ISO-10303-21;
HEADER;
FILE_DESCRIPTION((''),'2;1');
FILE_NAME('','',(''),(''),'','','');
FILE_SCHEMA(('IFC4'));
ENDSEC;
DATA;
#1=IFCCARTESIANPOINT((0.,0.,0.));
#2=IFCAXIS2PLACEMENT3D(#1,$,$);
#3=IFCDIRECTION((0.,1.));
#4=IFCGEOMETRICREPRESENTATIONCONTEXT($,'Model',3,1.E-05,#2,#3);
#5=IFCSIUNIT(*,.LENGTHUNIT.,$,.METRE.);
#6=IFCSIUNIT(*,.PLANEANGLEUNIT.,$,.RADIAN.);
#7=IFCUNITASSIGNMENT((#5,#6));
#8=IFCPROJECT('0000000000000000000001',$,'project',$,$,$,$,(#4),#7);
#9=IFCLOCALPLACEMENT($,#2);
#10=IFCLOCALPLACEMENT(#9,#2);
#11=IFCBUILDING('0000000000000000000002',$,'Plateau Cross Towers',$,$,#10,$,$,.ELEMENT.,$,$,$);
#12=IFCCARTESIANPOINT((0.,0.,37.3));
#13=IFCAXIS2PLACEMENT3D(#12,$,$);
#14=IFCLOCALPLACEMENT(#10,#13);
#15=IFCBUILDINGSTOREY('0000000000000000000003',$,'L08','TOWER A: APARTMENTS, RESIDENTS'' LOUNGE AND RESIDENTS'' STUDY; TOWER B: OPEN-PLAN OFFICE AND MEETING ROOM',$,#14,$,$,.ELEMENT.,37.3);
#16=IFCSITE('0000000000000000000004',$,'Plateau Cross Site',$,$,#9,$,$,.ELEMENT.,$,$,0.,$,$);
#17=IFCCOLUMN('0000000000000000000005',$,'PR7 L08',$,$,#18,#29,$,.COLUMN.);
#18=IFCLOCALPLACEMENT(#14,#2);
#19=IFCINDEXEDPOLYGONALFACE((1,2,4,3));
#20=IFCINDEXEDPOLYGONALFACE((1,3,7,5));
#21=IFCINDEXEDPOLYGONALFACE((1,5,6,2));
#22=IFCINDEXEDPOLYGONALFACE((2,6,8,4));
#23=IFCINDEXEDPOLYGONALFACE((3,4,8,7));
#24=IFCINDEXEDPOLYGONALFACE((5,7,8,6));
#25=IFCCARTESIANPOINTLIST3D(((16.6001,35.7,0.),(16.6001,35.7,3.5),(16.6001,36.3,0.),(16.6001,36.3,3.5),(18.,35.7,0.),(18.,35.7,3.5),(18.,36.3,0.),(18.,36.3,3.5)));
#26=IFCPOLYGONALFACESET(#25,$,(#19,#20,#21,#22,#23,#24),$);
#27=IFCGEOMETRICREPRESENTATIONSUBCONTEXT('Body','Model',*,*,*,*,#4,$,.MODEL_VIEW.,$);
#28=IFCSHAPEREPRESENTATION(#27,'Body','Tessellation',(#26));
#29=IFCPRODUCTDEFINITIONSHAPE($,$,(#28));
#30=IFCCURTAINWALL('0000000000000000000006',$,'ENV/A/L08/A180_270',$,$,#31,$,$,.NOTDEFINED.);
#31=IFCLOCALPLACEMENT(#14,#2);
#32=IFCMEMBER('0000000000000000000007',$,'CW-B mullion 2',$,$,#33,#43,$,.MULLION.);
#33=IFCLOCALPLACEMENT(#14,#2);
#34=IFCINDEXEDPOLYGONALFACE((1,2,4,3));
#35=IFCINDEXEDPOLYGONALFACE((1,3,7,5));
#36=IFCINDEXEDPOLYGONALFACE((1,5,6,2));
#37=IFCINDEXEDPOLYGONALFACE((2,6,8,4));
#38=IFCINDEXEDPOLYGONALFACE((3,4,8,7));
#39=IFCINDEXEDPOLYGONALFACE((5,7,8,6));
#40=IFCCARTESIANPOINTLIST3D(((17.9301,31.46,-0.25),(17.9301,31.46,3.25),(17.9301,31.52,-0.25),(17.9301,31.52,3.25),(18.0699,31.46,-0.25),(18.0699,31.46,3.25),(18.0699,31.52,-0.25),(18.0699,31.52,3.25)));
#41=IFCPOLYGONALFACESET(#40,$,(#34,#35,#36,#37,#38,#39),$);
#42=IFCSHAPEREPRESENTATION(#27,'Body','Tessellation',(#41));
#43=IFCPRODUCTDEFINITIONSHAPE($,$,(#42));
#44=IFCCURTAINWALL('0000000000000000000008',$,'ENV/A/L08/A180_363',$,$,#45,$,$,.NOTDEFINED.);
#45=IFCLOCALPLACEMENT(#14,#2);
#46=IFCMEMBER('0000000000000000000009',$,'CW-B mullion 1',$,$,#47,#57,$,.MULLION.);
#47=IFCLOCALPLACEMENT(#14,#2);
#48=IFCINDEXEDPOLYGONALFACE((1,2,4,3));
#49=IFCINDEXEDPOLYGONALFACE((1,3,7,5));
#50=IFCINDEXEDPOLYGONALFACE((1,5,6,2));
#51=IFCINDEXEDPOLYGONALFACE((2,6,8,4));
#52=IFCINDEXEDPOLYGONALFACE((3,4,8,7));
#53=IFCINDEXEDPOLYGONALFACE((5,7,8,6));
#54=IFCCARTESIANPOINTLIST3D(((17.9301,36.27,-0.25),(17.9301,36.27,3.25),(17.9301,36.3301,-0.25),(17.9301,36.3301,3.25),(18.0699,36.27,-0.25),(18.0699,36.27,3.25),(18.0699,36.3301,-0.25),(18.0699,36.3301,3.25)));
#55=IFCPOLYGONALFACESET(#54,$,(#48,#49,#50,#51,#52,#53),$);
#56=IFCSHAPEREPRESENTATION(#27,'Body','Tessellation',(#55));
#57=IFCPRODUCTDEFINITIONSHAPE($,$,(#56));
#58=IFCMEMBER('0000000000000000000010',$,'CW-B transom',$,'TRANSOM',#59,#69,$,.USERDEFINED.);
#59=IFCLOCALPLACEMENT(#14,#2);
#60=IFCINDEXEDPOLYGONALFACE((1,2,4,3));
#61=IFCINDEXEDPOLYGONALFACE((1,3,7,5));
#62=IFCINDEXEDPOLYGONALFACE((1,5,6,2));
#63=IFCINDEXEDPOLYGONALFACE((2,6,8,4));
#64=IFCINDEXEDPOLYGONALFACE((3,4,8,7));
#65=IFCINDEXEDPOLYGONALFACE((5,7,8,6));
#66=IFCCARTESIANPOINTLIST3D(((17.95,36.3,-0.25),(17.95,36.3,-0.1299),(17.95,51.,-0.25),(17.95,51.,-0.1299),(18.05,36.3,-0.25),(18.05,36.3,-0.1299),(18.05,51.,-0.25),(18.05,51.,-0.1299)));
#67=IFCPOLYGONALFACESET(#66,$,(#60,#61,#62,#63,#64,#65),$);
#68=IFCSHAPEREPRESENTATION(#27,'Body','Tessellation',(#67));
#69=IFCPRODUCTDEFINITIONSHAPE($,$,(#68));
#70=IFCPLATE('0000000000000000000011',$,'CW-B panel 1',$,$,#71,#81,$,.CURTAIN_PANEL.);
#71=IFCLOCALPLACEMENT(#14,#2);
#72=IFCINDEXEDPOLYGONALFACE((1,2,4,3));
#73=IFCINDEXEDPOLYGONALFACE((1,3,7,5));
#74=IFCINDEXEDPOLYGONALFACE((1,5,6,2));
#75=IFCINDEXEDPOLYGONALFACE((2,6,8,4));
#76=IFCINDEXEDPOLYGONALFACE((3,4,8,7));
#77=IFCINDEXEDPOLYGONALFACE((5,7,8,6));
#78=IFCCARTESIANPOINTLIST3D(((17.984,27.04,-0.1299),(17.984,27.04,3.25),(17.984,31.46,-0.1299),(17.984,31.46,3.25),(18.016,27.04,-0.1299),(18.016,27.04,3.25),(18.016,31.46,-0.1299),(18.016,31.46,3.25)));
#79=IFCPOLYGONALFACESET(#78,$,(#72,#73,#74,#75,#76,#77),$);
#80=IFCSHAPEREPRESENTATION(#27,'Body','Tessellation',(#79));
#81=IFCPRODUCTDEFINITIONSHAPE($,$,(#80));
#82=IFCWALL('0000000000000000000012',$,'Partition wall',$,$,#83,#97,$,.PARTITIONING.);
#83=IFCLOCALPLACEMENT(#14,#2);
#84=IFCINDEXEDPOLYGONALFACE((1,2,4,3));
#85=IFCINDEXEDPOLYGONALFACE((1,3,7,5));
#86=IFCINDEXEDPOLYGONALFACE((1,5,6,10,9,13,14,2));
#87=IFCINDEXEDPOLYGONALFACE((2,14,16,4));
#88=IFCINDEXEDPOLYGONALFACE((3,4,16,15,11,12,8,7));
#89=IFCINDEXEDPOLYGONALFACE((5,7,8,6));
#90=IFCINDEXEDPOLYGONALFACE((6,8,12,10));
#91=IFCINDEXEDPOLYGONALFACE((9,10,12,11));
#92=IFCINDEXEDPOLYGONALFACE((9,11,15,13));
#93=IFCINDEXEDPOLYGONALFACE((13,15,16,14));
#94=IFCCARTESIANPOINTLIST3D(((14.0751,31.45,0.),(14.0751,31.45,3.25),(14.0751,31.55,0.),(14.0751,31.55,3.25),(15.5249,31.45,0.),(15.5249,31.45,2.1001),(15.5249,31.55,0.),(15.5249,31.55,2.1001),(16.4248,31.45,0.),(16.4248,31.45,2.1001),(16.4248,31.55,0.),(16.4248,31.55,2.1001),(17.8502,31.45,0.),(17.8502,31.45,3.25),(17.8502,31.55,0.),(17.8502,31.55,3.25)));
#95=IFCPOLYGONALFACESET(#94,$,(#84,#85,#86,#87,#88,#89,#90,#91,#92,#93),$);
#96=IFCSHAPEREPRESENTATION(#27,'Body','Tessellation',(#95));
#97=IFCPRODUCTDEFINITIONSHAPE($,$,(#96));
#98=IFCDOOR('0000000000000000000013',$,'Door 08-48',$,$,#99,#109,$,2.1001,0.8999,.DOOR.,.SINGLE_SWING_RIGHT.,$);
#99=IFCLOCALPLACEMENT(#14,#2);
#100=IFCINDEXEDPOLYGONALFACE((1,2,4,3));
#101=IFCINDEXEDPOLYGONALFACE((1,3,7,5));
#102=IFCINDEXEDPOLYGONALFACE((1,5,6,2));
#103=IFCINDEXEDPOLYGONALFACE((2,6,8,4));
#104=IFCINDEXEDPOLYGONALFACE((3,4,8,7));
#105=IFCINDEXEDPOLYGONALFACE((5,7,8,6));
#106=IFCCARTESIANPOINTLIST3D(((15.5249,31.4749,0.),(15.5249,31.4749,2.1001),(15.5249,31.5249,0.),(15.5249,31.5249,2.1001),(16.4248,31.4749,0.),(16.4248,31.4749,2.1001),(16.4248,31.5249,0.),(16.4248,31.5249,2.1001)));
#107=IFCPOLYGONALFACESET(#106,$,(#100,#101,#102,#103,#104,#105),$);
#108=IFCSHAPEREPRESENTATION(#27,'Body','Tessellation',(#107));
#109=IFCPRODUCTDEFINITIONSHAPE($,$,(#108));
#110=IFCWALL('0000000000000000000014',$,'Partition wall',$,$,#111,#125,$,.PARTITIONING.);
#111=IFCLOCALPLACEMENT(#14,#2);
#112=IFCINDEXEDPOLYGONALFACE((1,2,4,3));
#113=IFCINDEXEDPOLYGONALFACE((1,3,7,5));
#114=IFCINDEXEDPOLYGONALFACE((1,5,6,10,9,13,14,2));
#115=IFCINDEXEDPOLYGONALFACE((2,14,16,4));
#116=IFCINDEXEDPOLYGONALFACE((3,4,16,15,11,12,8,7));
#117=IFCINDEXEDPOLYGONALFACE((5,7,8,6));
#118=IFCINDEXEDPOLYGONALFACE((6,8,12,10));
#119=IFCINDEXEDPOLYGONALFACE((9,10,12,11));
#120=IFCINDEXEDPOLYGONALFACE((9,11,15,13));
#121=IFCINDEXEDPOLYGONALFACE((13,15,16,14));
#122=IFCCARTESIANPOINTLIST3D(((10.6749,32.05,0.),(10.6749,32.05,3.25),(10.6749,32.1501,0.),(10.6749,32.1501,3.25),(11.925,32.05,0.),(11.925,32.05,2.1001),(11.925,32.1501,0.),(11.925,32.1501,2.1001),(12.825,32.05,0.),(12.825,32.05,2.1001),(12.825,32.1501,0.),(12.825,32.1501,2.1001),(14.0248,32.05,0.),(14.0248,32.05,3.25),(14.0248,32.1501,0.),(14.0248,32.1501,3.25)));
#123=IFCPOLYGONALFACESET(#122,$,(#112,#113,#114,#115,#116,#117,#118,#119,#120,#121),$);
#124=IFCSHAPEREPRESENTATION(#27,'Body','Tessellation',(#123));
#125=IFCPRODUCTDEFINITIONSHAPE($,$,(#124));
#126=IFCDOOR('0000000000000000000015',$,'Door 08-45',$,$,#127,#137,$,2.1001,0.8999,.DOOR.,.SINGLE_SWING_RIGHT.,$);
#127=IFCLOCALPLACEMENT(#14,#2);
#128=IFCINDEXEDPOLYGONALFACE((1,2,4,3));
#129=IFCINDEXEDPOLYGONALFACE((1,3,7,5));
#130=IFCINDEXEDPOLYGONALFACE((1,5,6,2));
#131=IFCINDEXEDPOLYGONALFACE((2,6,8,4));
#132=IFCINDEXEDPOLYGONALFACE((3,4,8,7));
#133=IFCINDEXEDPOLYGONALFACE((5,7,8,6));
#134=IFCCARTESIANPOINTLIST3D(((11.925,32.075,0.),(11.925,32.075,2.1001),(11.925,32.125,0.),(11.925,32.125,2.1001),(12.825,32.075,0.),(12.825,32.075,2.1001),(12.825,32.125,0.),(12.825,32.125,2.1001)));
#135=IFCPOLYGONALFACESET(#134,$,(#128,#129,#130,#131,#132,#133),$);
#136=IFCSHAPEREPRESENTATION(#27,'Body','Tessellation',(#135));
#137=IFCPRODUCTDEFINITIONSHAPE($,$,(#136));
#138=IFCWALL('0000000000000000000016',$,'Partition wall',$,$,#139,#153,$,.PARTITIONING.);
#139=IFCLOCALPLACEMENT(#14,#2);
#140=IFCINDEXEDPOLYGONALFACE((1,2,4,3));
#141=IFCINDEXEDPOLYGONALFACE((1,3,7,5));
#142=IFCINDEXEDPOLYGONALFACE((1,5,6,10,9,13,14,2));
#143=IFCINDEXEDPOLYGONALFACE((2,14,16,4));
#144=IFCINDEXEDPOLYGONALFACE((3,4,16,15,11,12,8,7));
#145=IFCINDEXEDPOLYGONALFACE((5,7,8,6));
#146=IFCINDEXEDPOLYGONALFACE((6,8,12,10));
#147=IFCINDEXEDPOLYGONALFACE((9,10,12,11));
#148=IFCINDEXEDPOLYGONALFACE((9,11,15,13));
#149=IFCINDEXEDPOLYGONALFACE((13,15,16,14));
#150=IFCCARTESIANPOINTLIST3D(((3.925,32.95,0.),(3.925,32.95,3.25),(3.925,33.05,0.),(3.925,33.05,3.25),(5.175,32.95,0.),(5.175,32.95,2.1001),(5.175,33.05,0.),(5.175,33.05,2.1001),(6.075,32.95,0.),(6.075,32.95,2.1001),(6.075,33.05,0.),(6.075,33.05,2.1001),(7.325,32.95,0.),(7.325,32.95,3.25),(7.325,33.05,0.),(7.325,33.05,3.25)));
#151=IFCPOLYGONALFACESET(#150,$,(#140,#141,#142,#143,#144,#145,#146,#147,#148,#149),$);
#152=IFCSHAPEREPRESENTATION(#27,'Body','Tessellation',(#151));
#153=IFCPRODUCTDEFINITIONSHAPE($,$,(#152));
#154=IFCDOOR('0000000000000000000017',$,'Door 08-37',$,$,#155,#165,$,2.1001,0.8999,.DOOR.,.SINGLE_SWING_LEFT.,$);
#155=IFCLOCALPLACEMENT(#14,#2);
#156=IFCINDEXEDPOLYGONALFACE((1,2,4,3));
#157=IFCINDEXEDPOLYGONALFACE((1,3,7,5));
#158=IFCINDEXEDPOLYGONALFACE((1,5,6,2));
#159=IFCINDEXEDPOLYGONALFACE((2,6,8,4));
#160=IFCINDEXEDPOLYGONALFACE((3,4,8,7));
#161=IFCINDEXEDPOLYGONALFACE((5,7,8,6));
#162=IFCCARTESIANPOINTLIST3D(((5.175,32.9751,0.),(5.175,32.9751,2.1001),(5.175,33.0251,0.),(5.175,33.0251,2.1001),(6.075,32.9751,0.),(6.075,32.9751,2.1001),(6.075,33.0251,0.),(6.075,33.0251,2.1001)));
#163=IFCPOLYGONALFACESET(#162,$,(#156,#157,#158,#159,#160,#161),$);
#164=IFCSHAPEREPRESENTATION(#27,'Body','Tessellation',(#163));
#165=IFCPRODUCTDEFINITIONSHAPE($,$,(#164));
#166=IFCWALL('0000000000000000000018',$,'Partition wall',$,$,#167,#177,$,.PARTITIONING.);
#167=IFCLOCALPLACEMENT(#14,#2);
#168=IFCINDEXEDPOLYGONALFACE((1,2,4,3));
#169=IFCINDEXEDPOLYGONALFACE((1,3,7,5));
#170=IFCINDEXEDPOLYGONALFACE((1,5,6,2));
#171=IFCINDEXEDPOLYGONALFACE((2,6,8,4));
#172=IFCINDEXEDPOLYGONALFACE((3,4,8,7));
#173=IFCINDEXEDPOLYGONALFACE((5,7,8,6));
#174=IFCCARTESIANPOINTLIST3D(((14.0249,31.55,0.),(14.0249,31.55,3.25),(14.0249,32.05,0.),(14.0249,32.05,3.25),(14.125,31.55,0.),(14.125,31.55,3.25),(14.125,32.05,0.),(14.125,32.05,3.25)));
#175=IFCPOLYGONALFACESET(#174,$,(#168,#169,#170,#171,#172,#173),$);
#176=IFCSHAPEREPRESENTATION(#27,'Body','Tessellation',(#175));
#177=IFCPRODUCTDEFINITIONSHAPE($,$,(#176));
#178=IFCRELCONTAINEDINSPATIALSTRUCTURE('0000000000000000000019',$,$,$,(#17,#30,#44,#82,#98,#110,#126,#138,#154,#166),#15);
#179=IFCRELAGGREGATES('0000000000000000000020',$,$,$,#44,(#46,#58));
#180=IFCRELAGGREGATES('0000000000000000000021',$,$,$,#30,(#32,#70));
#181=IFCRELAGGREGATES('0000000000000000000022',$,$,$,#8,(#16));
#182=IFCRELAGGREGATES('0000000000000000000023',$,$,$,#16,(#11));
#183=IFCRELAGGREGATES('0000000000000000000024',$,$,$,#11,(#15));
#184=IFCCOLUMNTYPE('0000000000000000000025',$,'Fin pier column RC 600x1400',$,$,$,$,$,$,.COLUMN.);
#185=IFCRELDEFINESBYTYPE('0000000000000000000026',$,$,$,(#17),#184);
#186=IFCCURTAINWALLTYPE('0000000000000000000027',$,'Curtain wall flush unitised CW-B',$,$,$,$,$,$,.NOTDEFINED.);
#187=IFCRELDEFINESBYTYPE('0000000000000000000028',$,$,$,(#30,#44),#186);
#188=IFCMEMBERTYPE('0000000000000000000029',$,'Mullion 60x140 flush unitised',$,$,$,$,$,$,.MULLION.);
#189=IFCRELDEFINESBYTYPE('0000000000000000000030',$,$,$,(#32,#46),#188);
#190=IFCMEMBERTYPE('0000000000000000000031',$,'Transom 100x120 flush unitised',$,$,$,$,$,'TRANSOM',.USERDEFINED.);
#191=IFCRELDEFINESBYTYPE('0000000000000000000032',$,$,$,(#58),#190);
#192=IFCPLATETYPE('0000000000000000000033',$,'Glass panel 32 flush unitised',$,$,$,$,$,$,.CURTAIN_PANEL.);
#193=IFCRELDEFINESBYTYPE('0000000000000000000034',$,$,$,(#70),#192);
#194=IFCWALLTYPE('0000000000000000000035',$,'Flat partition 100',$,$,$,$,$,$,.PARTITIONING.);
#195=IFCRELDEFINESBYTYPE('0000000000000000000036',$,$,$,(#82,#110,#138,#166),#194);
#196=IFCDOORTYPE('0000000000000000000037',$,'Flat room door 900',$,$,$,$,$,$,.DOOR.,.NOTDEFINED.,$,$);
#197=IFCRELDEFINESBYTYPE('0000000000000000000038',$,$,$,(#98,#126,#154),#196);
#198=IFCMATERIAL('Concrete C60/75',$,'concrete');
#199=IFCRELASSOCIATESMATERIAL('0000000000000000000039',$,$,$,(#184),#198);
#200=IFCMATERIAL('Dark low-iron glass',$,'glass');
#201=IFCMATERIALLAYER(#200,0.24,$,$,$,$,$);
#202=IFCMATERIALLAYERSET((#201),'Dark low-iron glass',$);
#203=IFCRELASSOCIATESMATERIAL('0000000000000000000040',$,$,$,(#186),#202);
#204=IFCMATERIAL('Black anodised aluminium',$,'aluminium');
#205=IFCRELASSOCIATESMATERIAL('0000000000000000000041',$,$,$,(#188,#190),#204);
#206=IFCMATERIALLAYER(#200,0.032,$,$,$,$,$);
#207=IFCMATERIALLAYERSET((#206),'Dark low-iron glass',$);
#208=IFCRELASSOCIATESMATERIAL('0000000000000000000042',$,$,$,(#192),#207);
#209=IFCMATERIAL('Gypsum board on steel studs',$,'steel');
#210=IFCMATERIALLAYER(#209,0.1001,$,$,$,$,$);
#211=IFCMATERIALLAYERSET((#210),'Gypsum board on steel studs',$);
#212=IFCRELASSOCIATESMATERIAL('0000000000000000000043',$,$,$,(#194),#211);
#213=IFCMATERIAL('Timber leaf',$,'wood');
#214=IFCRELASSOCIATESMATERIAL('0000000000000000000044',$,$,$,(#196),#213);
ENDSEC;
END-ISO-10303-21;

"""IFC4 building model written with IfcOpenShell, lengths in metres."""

from ifc_helpers import new_model, si_unit, direction, frame, frame_2d, origin, origin_2d, place, context, subcontext, project, spatial, rectangle, extrude, material, layer, layer_set, material_profile, profile_set, type_object, element, fill, aggregate, save


model = new_model("IFC4")

# Units and contexts
model_context = context("Model", 3, precision=1e-05, world=origin(), true_north=direction((0.0, 1.0)))
body_context = subcontext(model_context, "Body", "Model", "MODEL_VIEW")
ifc_project = project(units=[si_unit("LENGTHUNIT", "METRE"), si_unit("PLANEANGLEUNIT", "RADIAN")], contexts=[model_context])

# Site, building, storey
site_placement = place(None, origin())
site = spatial("IfcSite", under=ifc_project, at=site_placement, Name="Plateau Cross Site", CompositionType="ELEMENT", RefElevation=0.0)
building_placement = place(site_placement, origin())
building = spatial("IfcBuilding", under=site, at=building_placement, Name="Plateau Cross Towers", CompositionType="ELEMENT")
storey_placement = place(building_placement, frame((0.0, 0.0, 37.3)))
storey = spatial("IfcBuildingStorey", under=building, at=storey_placement, Name="L08", Description="TOWER A: APARTMENTS, RESIDENTS' LOUNGE AND RESIDENTS' STUDY; TOWER B: OPEN-PLAN OFFICE AND MEETING ROOM", CompositionType="ELEMENT", Elevation=37.3)

# Column
ifc_material_1 = material(Name="Concrete C60/75", Category="concrete")
ifc_material_profile_1 = material_profile(ifc_material_1, rectangle(XDim=0.6001, YDim=1.3999, at=origin_2d()), Name="RC 600x1400")
ifc_profile_set_1 = profile_set([ifc_material_profile_1], Name="Concrete C60/75")
column_type = type_object("IfcColumnType", Name="Fin pier column RC 600x1400", PredefinedType="COLUMN", material=ifc_profile_set_1)
column_placement = place(storey_placement, frame((17.3, 36.0, 0.0), z_axis=(0.0, 0.0, 1.0), x_axis=(0.0, 1.0, 0.0)))
element("IfcColumn", 1, at=column_placement, inside=storey, type_object=column_type, Name="PR7 L08", PredefinedType="COLUMN", context=body_context, shape_type="SweptSolid", body=[
    extrude(rectangle(XDim=0.6001, YDim=1.3999, at=origin_2d()), origin(), (0.0, 0.0, 1.0), 3.5),
])

# Curtain wall, member
ifc_material_2 = material(Name="Dark low-iron glass", Category="glass")
ifc_layer_1 = layer(ifc_material_2, 0.24)
ifc_layer_set_1 = layer_set([ifc_layer_1], Name="Dark low-iron glass")
curtain_wall_type = type_object("IfcCurtainWallType", Name="Curtain wall flush unitised CW-B", PredefinedType="NOTDEFINED", material=ifc_layer_set_1)
curtain_wall_1_placement = place(storey_placement, origin())
curtain_wall_1 = element("IfcCurtainWall", 2, at=curtain_wall_1_placement, inside=storey, type_object=curtain_wall_type, Name="ENV/A/L08/A180_270", PredefinedType="NOTDEFINED")
ifc_material_3 = material(Name="Black anodised aluminium", Category="aluminium")
ifc_material_profile_2 = material_profile(ifc_material_3, rectangle(XDim=0.0601, YDim=0.1399, at=origin_2d()), Name="MULLION 60x140")
ifc_profile_set_2 = profile_set([ifc_material_profile_2], Name="Black anodised aluminium")
member_type_1 = type_object("IfcMemberType", Name="Mullion 60x140 flush unitised", PredefinedType="MULLION", material=ifc_profile_set_2)
member_1_placement = place(storey_placement, frame((18.0, 31.49, -0.25), z_axis=(0.0, 0.0, 1.0), x_axis=(0.0, 1.0, 0.0)))
member_1 = element("IfcMember", 3, at=member_1_placement, type_object=member_type_1, Name="CW-B mullion 2", PredefinedType="MULLION", context=body_context, shape_type="SweptSolid", body=[
    extrude(rectangle(XDim=0.0601, YDim=0.1399, at=origin_2d()), origin(), (0.0, 0.0, 1.0), 3.5),
])

# Curtain wall, members
curtain_wall_2_placement = place(storey_placement, origin())
curtain_wall_2 = element("IfcCurtainWall", 4, at=curtain_wall_2_placement, inside=storey, type_object=curtain_wall_type, Name="ENV/A/L08/A180_363", PredefinedType="NOTDEFINED")
member_2_placement = place(storey_placement, frame((18.0, 36.3, -0.25), z_axis=(0.0, 0.0, 1.0), x_axis=(0.0, 1.0, 0.0)))
member_2 = element("IfcMember", 5, at=member_2_placement, type_object=member_type_1, Name="CW-B mullion 1", PredefinedType="MULLION", context=body_context, shape_type="SweptSolid", body=[
    extrude(rectangle(XDim=0.0601, YDim=0.1399, at=origin_2d()), origin(), (0.0, 0.0, 1.0), 3.5),
])
ifc_material_profile_3 = material_profile(ifc_material_3, rectangle(XDim=0.1001, YDim=0.1201, at=origin_2d()), Name="TRANSOM 100x120")
ifc_profile_set_3 = profile_set([ifc_material_profile_3], Name="Black anodised aluminium")
member_type_2 = type_object("IfcMemberType", Name="Transom 100x120 flush unitised", ElementType="TRANSOM", PredefinedType="USERDEFINED", material=ifc_profile_set_3)
member_3_placement = place(storey_placement, frame((18.0, 36.3, -0.1899), z_axis=(0.0, 1.0, 0.0), x_axis=(-1.0, 0.0, 0.0)))
member_3 = element("IfcMember", 6, at=member_3_placement, type_object=member_type_2, Name="CW-B transom", ObjectType="TRANSOM", PredefinedType="USERDEFINED", context=body_context, shape_type="SweptSolid", body=[
    extrude(rectangle(XDim=0.1001, YDim=0.1201, at=origin_2d()), origin(), (0.0, 0.0, 1.0), 14.7),
])
aggregate(curtain_wall_2, [member_2, member_3])

# Plate
ifc_layer_2 = layer(ifc_material_2, 0.032)
ifc_layer_set_2 = layer_set([ifc_layer_2], Name="Dark low-iron glass")
plate_type = type_object("IfcPlateType", Name="Glass panel 32 flush unitised", PredefinedType="CURTAIN_PANEL", material=ifc_layer_set_2)
plate_placement = place(storey_placement, frame((18.0, 29.25, -0.1299), z_axis=(0.0, 0.0, 1.0), x_axis=(0.0, 1.0, 0.0)))
plate = element("IfcPlate", 7, at=plate_placement, type_object=plate_type, Name="CW-B panel 1", PredefinedType="CURTAIN_PANEL", context=body_context, shape_type="SweptSolid", body=[
    extrude(rectangle(XDim=4.4199, YDim=0.032, at=origin_2d()), origin(), (0.0, 0.0, 1.0), 3.3799),
])
aggregate(curtain_wall_1, [member_1, plate])

# Walls, openings, doors
ifc_material_4 = material(Name="Gypsum board on steel studs", Category="steel")
ifc_layer_3 = layer(ifc_material_4, 0.1001)
ifc_layer_set_3 = layer_set([ifc_layer_3], Name="Gypsum board on steel studs")
wall_type_1 = type_object("IfcWallType", Name="Flat partition 100", PredefinedType="PARTITIONING", material=ifc_layer_set_3)
wall_1_placement = place(storey_placement, frame((14.075, 31.5, 0.0), z_axis=(0.0, 0.0, 1.0), x_axis=(1.0, 0.0, 0.0)))
wall_1 = element("IfcWall", 8, at=wall_1_placement, inside=storey, type_object=wall_type_1, Name="Partition wall", PredefinedType="PARTITIONING", context=body_context, shape_type="SweptSolid", body=[
    extrude(rectangle(XDim=3.7751, YDim=0.1001, at=frame_2d((1.8877, 0.0))), origin(), (0.0, 0.0, 1.0), 3.25),
])
opening_1_placement = place(wall_1_placement, frame((1.45, 0.0, 0.0)))
opening_1 = element("IfcOpeningElement", 9, at=opening_1_placement, cuts=wall_1, PredefinedType="OPENING", context=body_context, shape_type="SweptSolid", body=[
    extrude(rectangle(XDim=0.8999, YDim=2.1001, at=frame_2d((0.45, 1.05))), frame((0.0, 0.0601, 0.0), z_axis=(0.0, -1.0, 0.0), x_axis=(1.0, 0.0, 0.0)), (0.0, 0.0, 1.0), 0.1201),
])
ifc_material_5 = material(Name="Timber leaf", Category="wood")
door_type_1 = type_object("IfcDoorType", Name="Flat room door 900", OperationType="NOTDEFINED", PredefinedType="DOOR", material=ifc_material_5)
door_1_placement = place(opening_1_placement, origin())
door_1 = element("IfcDoor", 10, at=door_1_placement, inside=storey, type_object=door_type_1, Name="Door 08-48", OperationType="SINGLE_SWING_RIGHT", OverallHeight=2.1001, OverallWidth=0.8999, PredefinedType="DOOR", context=body_context, shape_type="SweptSolid", body=[
    extrude(rectangle(XDim=0.8999, YDim=2.1001, at=frame_2d((0.45, 1.05))), frame((0.0, 0.0249, 0.0), z_axis=(0.0, -1.0, 0.0), x_axis=(1.0, 0.0, 0.0)), (0.0, 0.0, 1.0), 0.05),
])
fill(opening_1, door_1)
wall_2_placement = place(storey_placement, frame((10.675, 32.1001, 0.0), z_axis=(0.0, 0.0, 1.0), x_axis=(1.0, 0.0, 0.0)))
wall_2 = element("IfcWall", 11, at=wall_2_placement, inside=storey, type_object=wall_type_1, Name="Partition wall", PredefinedType="PARTITIONING", context=body_context, shape_type="SweptSolid", body=[
    extrude(rectangle(XDim=3.3499, YDim=0.1001, at=frame_2d((1.6748, 0.0))), origin(), (0.0, 0.0, 1.0), 3.25),
])
opening_2_placement = place(wall_2_placement, frame((1.25, 0.0, 0.0)))
opening_2 = element("IfcOpeningElement", 12, at=opening_2_placement, cuts=wall_2, PredefinedType="OPENING", context=body_context, shape_type="SweptSolid", body=[
    extrude(rectangle(XDim=0.8999, YDim=2.1001, at=frame_2d((0.45, 1.05))), frame((0.0, 0.0601, 0.0), z_axis=(0.0, -1.0, 0.0), x_axis=(1.0, 0.0, 0.0)), (0.0, 0.0, 1.0), 0.1201),
])
door_2_placement = place(opening_2_placement, origin())
door_2 = element("IfcDoor", 13, at=door_2_placement, inside=storey, type_object=door_type_1, Name="Door 08-45", OperationType="SINGLE_SWING_RIGHT", OverallHeight=2.1001, OverallWidth=0.8999, PredefinedType="DOOR", context=body_context, shape_type="SweptSolid", body=[
    extrude(rectangle(XDim=0.8999, YDim=2.1001, at=frame_2d((0.45, 1.05))), frame((0.0, 0.0249, 0.0), z_axis=(0.0, -1.0, 0.0), x_axis=(1.0, 0.0, 0.0)), (0.0, 0.0, 1.0), 0.05),
])
fill(opening_2, door_2)
wall_3_placement = place(storey_placement, frame((7.325, 33.0, 0.0), z_axis=(0.0, 0.0, 1.0), x_axis=(-1.0, 0.0, 0.0)))
wall_3 = element("IfcWall", 14, at=wall_3_placement, inside=storey, type_object=wall_type_1, Name="Partition wall", PredefinedType="PARTITIONING", context=body_context, shape_type="SweptSolid", body=[
    extrude(rectangle(XDim=3.3999, YDim=0.1001, at=frame_2d((1.7, 0.0))), origin(), (0.0, 0.0, 1.0), 3.25),
])
opening_3_placement = place(wall_3_placement, frame((1.25, 0.0, 0.0)))
opening_3 = element("IfcOpeningElement", 15, at=opening_3_placement, cuts=wall_3, PredefinedType="OPENING", context=body_context, shape_type="SweptSolid", body=[
    extrude(rectangle(XDim=0.8999, YDim=2.1001, at=frame_2d((0.45, 1.05))), frame((0.0, 0.0601, 0.0), z_axis=(0.0, -1.0, 0.0), x_axis=(1.0, 0.0, 0.0)), (0.0, 0.0, 1.0), 0.1201),
])
door_3_placement = place(opening_3_placement, origin())
door_3 = element("IfcDoor", 16, at=door_3_placement, inside=storey, type_object=door_type_1, Name="Door 08-37", OperationType="SINGLE_SWING_LEFT", OverallHeight=2.1001, OverallWidth=0.8999, PredefinedType="DOOR", context=body_context, shape_type="SweptSolid", body=[
    extrude(rectangle(XDim=0.8999, YDim=2.1001, at=frame_2d((0.45, 1.05))), frame((0.0, 0.0249, 0.0), z_axis=(0.0, -1.0, 0.0), x_axis=(1.0, 0.0, 0.0)), (0.0, 0.0, 1.0), 0.05),
])
fill(opening_3, door_3)

# Wall
wall_4_placement = place(storey_placement, frame((14.075, 32.05, 0.0), z_axis=(0.0, 0.0, 1.0), x_axis=(0.0, -1.0, 0.0)))
element("IfcWall", 17, at=wall_4_placement, inside=storey, type_object=wall_type_1, Name="Partition wall", PredefinedType="PARTITIONING", context=body_context, shape_type="SweptSolid", body=[
    extrude(rectangle(XDim=0.5, YDim=0.1001, at=frame_2d((0.25, 0.0))), origin(), (0.0, 0.0, 1.0), 3.25),
])

save(model, "model.ifc")
